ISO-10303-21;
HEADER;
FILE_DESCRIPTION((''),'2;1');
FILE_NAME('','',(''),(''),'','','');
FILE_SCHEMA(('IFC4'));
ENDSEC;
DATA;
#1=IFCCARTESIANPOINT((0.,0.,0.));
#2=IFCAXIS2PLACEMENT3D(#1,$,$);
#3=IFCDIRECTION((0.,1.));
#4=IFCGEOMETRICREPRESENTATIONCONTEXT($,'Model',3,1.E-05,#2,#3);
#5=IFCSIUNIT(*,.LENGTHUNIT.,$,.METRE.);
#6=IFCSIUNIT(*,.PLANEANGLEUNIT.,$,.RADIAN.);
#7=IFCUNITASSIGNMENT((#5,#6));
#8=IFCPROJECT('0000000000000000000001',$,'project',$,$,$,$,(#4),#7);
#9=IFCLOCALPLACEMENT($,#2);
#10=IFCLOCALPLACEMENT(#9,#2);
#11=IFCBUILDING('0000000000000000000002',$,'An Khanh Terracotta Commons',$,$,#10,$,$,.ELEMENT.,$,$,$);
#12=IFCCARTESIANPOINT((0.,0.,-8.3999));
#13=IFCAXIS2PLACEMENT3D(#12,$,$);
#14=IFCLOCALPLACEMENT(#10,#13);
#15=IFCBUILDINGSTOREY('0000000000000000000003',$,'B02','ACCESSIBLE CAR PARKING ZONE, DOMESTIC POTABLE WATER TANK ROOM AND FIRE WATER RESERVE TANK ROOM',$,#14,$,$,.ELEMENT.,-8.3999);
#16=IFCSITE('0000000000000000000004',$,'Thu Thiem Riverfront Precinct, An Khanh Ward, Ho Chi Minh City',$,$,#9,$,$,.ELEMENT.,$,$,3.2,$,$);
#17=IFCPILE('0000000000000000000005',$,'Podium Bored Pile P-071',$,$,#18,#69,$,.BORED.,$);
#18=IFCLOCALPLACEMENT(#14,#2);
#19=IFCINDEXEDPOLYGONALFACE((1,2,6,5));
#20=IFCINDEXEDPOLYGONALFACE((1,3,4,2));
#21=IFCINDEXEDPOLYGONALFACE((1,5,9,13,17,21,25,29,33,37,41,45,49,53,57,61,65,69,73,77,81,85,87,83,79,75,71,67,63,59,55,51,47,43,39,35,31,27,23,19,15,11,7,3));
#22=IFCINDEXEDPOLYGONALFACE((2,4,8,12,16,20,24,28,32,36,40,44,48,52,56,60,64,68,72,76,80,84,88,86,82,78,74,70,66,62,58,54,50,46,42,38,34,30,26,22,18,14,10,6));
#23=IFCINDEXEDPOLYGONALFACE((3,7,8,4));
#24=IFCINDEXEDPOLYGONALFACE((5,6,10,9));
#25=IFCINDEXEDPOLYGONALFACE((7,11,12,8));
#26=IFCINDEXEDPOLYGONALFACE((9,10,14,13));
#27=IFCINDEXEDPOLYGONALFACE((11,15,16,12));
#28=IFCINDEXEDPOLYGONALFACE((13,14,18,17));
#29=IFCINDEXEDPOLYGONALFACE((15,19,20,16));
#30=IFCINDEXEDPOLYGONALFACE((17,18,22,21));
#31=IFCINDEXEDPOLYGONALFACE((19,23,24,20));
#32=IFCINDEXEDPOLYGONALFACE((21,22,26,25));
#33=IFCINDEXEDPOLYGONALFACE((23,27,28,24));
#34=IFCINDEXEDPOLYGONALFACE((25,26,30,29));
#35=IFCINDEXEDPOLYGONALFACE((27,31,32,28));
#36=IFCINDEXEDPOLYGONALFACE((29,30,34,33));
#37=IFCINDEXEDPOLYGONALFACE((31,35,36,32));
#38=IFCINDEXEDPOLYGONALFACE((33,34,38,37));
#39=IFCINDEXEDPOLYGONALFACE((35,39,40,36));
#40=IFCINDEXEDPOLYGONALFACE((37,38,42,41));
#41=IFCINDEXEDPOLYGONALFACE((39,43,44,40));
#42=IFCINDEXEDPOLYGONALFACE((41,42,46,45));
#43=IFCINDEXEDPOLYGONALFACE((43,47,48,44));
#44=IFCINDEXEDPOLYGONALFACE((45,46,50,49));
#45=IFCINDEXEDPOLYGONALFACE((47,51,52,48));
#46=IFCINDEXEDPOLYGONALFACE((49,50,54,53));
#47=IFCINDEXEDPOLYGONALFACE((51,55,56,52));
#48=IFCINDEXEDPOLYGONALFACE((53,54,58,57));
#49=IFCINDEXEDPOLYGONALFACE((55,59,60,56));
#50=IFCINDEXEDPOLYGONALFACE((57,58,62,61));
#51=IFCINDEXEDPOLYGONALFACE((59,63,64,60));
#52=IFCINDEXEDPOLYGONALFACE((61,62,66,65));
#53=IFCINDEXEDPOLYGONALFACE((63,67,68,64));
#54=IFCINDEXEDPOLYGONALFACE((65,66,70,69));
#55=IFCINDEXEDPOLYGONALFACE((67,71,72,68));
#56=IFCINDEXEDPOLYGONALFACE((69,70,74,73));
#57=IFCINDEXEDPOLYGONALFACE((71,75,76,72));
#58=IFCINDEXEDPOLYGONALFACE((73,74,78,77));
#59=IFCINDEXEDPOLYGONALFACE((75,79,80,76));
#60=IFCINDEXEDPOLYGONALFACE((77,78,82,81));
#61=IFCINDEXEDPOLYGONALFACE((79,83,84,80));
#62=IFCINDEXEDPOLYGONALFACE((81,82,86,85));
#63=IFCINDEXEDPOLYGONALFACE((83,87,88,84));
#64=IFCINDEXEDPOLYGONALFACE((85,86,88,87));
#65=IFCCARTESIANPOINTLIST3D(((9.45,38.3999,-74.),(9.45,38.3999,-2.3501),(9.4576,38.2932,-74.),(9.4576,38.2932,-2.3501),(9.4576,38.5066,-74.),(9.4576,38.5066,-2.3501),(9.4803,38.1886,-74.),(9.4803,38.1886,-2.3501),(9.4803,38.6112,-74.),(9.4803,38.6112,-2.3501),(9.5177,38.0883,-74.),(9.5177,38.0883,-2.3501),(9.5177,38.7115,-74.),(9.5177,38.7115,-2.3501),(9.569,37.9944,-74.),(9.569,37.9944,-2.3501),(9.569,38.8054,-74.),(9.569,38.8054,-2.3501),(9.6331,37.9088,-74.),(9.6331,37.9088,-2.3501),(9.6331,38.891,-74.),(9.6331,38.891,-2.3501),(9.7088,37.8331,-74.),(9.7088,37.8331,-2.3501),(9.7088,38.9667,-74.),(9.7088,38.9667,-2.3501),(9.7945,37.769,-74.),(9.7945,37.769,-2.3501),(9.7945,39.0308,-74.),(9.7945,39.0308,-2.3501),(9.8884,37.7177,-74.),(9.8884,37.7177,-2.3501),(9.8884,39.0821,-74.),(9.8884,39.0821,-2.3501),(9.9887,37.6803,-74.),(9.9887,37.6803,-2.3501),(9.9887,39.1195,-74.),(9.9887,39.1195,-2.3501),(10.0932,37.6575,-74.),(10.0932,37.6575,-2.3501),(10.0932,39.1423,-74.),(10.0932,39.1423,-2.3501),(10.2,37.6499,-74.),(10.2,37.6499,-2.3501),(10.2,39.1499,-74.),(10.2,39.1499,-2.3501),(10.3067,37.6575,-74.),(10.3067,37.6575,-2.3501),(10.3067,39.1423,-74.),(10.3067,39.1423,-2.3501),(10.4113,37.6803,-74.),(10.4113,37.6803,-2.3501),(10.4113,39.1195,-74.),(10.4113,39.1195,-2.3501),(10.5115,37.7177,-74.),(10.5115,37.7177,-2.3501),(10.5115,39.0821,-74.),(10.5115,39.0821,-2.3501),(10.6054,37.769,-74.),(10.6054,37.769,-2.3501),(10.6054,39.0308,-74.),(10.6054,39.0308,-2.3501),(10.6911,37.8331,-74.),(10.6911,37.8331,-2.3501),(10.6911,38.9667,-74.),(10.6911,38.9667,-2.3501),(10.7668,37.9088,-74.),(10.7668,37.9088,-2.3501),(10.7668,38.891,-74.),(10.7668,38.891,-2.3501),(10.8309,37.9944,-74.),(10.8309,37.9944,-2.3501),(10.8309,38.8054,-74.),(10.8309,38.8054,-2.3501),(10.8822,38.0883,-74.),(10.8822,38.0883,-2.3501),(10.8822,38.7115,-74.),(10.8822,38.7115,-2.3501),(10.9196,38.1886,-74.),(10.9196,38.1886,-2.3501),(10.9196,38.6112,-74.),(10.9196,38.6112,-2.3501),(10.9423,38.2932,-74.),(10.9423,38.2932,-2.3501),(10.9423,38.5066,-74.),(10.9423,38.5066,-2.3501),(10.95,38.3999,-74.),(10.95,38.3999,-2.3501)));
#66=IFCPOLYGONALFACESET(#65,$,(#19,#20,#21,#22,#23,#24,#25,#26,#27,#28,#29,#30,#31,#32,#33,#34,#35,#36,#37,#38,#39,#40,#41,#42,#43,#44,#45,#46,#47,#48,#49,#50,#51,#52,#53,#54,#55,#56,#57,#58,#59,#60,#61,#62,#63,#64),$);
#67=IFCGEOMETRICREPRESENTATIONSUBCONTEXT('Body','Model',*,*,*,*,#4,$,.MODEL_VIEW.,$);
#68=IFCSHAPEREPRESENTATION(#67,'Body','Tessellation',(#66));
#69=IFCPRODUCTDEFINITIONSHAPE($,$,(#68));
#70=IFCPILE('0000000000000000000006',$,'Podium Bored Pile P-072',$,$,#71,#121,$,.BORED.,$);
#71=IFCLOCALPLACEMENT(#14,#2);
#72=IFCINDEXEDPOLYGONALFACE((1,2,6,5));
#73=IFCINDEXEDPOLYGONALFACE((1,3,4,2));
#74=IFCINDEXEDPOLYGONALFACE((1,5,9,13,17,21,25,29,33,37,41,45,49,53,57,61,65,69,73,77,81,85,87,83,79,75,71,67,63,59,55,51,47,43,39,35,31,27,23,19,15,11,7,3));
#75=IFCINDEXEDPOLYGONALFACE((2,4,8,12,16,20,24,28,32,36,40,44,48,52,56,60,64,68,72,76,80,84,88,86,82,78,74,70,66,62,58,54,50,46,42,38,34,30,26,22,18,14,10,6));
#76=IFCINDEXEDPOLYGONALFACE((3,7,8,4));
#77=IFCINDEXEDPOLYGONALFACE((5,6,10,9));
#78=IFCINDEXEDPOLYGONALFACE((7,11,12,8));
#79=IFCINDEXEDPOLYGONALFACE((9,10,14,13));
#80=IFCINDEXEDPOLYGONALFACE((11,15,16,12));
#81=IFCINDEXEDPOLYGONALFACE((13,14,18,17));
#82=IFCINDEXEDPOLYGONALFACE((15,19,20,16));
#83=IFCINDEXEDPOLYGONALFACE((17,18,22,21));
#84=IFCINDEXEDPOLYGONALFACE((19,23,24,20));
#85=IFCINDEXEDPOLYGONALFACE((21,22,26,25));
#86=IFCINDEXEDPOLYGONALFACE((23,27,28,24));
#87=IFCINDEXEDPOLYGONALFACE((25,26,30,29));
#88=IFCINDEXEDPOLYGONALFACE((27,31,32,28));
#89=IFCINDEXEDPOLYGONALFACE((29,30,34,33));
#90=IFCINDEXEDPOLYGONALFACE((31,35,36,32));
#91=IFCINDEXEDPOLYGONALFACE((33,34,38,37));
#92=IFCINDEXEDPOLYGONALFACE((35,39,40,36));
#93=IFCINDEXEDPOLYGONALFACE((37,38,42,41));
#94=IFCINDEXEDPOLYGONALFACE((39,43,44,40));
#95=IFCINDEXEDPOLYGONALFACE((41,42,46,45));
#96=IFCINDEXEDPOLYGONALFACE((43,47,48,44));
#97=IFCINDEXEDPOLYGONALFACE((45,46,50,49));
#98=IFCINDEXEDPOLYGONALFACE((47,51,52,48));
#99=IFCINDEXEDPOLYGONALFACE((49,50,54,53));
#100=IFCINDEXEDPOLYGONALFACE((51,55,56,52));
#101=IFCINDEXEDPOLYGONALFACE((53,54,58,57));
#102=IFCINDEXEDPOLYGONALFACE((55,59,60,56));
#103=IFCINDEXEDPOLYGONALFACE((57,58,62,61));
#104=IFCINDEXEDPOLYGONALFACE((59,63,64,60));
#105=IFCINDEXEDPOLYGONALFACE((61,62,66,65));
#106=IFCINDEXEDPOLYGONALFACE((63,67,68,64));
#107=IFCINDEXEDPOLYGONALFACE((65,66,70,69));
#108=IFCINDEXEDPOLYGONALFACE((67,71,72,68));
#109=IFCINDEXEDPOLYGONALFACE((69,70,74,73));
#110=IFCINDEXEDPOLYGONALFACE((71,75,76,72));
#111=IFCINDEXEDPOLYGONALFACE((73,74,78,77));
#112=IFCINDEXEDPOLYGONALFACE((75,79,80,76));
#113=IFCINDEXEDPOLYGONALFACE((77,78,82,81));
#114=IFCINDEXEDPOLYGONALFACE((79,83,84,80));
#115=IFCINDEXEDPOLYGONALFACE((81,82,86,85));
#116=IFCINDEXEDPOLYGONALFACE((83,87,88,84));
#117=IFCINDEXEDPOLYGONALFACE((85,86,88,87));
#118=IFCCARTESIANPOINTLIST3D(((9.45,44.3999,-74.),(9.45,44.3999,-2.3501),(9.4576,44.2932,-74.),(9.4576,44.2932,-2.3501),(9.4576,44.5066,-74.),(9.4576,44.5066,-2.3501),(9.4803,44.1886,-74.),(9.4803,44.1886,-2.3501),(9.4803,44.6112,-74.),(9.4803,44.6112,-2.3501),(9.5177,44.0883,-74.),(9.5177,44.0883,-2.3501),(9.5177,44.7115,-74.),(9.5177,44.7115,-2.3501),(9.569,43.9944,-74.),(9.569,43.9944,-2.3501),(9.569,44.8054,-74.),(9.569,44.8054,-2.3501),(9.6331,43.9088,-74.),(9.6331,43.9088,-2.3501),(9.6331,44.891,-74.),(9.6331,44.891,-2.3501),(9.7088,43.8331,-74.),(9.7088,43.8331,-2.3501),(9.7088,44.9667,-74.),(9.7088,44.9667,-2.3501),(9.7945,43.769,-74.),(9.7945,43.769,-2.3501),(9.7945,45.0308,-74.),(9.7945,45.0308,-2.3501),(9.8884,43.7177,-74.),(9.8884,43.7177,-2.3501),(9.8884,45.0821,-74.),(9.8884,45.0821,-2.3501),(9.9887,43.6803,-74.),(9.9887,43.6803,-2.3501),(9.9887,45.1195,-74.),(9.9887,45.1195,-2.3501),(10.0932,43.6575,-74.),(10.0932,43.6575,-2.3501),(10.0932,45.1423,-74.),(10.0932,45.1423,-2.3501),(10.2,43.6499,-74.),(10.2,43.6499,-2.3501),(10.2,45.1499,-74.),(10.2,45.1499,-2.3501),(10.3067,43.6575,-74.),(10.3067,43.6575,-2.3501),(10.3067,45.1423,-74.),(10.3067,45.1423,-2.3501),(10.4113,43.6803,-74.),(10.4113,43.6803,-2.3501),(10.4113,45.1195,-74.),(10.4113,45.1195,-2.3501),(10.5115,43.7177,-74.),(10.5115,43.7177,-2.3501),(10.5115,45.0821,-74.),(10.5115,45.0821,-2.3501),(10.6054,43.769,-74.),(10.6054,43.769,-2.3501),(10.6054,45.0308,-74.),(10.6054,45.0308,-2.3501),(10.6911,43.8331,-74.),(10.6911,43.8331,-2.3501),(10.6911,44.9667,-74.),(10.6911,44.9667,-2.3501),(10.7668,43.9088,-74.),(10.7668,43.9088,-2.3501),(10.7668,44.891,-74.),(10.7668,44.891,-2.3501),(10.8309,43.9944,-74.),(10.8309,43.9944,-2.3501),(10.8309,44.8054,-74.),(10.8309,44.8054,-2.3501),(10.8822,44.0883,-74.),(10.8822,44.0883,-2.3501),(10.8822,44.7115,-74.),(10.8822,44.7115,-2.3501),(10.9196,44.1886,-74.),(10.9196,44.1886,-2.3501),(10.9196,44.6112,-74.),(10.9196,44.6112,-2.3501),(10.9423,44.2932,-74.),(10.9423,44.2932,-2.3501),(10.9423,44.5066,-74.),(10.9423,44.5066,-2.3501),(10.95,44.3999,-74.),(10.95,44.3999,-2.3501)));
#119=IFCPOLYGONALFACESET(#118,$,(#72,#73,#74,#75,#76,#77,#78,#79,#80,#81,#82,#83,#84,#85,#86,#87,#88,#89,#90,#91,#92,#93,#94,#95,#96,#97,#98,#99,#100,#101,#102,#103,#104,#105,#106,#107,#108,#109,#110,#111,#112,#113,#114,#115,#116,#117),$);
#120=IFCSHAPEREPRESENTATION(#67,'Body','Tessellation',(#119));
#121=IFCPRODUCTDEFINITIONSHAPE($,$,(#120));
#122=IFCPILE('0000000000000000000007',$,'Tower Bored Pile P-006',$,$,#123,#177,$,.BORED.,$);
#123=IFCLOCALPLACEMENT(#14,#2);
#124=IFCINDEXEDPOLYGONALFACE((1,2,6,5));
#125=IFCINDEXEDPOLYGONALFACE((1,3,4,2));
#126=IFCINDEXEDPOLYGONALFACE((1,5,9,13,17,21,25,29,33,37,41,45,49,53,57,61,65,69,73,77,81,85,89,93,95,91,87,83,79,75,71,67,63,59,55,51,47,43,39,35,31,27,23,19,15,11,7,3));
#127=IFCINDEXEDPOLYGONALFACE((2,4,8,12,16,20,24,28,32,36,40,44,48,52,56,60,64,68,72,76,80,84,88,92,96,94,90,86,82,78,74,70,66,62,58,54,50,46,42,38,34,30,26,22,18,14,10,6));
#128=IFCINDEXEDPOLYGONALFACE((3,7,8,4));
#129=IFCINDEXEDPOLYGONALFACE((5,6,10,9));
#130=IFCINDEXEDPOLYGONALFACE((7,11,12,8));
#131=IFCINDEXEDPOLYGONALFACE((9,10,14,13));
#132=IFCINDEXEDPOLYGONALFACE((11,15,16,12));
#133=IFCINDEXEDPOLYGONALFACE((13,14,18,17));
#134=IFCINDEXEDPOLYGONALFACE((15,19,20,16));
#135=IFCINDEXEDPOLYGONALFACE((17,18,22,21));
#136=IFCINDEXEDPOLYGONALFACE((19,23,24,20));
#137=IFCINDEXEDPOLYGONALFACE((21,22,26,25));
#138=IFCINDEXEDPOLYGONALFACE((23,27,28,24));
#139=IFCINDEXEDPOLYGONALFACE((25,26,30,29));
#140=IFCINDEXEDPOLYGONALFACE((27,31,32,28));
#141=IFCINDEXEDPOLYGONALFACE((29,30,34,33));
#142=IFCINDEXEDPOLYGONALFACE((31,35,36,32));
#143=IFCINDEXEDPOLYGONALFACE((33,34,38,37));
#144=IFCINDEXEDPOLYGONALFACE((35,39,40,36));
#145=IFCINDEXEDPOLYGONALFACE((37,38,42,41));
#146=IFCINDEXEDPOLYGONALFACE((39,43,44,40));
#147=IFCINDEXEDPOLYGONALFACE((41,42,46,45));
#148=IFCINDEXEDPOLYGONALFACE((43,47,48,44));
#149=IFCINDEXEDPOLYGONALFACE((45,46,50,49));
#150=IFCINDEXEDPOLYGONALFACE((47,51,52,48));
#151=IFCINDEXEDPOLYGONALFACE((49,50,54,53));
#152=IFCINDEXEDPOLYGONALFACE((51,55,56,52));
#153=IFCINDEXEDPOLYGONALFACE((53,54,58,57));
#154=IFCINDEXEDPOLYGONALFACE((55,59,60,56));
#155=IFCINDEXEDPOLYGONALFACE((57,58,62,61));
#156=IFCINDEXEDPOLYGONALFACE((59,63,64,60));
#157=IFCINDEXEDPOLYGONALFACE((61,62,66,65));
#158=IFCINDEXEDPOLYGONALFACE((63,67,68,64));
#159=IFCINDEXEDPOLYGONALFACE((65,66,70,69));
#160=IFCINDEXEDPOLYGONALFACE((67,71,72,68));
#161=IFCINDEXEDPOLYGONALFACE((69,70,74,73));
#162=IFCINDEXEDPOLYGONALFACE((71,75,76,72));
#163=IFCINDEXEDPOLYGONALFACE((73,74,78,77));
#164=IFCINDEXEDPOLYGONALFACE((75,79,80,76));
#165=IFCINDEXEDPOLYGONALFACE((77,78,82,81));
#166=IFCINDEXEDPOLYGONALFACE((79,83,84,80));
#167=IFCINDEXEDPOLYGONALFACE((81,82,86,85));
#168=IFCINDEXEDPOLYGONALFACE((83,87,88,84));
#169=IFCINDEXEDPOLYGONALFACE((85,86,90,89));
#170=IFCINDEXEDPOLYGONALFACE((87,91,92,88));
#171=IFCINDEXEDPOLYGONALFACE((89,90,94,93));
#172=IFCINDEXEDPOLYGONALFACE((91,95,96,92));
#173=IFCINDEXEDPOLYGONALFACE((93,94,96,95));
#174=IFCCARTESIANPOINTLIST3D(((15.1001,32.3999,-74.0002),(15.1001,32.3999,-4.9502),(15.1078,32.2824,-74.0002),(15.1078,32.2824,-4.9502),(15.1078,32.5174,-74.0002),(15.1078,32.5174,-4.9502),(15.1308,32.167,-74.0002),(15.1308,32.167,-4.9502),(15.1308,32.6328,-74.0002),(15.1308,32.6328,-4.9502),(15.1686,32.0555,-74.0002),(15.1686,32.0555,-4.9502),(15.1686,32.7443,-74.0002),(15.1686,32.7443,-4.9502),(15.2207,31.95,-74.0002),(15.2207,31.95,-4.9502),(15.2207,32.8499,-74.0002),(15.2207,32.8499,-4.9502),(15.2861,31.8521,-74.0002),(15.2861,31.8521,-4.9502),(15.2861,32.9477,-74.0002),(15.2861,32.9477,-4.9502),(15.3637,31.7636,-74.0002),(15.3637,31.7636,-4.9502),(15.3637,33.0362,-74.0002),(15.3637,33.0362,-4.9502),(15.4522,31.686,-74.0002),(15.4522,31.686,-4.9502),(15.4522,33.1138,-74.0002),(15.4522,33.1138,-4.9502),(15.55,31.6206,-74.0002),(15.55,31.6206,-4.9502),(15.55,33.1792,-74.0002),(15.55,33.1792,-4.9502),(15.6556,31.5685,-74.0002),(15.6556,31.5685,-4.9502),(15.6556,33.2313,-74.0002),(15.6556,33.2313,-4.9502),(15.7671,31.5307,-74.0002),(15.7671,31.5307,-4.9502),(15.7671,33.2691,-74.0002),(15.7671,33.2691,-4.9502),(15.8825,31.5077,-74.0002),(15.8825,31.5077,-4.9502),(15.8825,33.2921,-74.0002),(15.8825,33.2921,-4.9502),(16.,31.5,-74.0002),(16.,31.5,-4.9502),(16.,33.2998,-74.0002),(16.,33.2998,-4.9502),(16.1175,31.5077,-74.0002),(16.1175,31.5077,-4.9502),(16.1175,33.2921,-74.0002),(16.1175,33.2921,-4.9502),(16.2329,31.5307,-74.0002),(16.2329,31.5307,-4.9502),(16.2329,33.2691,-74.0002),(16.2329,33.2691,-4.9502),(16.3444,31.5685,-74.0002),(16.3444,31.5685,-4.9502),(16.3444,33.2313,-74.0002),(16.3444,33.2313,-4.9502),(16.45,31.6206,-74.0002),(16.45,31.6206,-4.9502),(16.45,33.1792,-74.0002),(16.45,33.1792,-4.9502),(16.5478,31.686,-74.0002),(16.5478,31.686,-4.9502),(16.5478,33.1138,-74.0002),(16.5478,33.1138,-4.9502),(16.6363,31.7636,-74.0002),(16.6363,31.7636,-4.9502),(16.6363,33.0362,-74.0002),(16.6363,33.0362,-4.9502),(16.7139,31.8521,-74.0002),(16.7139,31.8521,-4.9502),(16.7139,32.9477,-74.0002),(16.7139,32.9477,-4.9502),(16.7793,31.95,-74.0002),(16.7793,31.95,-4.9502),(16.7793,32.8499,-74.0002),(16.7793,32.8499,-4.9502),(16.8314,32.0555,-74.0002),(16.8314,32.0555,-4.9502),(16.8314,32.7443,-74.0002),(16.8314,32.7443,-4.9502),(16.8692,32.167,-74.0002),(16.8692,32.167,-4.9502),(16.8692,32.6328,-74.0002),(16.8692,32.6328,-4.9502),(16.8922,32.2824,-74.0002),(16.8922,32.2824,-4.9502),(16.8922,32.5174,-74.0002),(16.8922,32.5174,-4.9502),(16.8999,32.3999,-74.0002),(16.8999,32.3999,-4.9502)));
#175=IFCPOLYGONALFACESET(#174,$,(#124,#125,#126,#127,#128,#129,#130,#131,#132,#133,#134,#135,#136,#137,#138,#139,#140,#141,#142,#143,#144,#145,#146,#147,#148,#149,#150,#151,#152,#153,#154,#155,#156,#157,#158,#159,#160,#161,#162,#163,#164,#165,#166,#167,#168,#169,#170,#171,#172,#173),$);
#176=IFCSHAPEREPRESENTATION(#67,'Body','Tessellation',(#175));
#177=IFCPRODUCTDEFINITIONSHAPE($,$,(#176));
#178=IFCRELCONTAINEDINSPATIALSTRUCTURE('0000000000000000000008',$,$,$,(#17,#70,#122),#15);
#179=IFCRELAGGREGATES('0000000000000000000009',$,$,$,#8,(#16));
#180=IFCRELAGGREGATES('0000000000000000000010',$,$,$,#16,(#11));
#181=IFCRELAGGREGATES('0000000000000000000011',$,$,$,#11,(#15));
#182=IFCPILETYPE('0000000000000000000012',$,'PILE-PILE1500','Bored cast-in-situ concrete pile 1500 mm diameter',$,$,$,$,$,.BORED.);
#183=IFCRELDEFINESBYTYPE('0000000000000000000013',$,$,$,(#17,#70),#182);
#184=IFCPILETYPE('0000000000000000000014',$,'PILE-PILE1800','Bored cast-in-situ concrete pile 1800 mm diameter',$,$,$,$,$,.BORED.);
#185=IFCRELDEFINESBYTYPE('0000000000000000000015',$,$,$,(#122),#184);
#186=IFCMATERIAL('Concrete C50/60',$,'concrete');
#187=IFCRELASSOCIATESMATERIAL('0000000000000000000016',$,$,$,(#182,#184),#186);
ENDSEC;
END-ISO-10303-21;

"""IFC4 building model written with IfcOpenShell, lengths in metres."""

from ifc_helpers import new_model, si_unit, direction, frame, origin, origin_2d, place, context, subcontext, project, spatial, circle, extrude, material, material_profile, profile_set, type_object, element, save


model = new_model("IFC4")

# Units and contexts
model_context = context("Model", 3, precision=1e-05, world=origin(), true_north=direction((0.0, 1.0)))
body_context = subcontext(model_context, "Body", "Model", "MODEL_VIEW")
ifc_project = project(units=[si_unit("LENGTHUNIT", "METRE"), si_unit("PLANEANGLEUNIT", "RADIAN")], contexts=[model_context])

# Site, building, storey
site_placement = place(None, origin())
site = spatial("IfcSite", under=ifc_project, at=site_placement, Name="Thu Thiem Riverfront Precinct, An Khanh Ward, Ho Chi Minh City", CompositionType="ELEMENT", RefElevation=3.2)
building_placement = place(site_placement, origin())
building = spatial("IfcBuilding", under=site, at=building_placement, Name="An Khanh Terracotta Commons", CompositionType="ELEMENT")
storey_placement = place(building_placement, frame((0.0, 0.0, -8.3999)))
storey = spatial("IfcBuildingStorey", under=building, at=storey_placement, Name="B02", Description="ACCESSIBLE CAR PARKING ZONE, DOMESTIC POTABLE WATER TANK ROOM AND FIRE WATER RESERVE TANK ROOM", CompositionType="ELEMENT", Elevation=-8.3999)

# Shared definitions
ifc_material_1 = material(Name="Concrete C50/60", Category="concrete")

# Piles
ifc_material_profile_1 = material_profile(ifc_material_1, circle(Radius=0.75, at=origin_2d()), Name="PILE1500")
ifc_profile_set_1 = profile_set([ifc_material_profile_1], Name="Concrete C50/60")
pile_type_1 = type_object("IfcPileType", Name="PILE-PILE1500", Description="Bored cast-in-situ concrete pile 1500 mm diameter", PredefinedType="BORED", material=ifc_profile_set_1)
for number, where, z_axis, x_axis, name in (
    (1, (10.2, 38.3999, -2.3501), (0.0, 0.0, -1.0), (1.0, 0.0, 0.0), "Podium Bored Pile P-071"),
    (2, (10.2, 44.3999, -2.3501), (0.0, 0.0, -1.0), (1.0, 0.0, 0.0), "Podium Bored Pile P-072"),
):
    element("IfcPile", number, at=place(storey_placement, frame(where, z_axis=z_axis, x_axis=x_axis)), inside=storey, type_object=pile_type_1, Name=name, PredefinedType="BORED", context=body_context, shape_type="SweptSolid", body=[
        extrude(circle(Radius=0.75, at=origin_2d()), origin(), (0.0, 0.0, 1.0), 71.6499),
    ])
ifc_material_profile_2 = material_profile(ifc_material_1, circle(Radius=0.8999, at=origin_2d()), Name="PILE1800")
ifc_profile_set_2 = profile_set([ifc_material_profile_2], Name="Concrete C50/60")
pile_type_2 = type_object("IfcPileType", Name="PILE-PILE1800", Description="Bored cast-in-situ concrete pile 1800 mm diameter", PredefinedType="BORED", material=ifc_profile_set_2)
for number, where, z_axis, x_axis, name in (
    (3, (16.0, 32.3999, -4.9502), (0.0, 0.0, -1.0), (1.0, 0.0, 0.0), "Tower Bored Pile P-006"),
):
    element("IfcPile", number, at=place(storey_placement, frame(where, z_axis=z_axis, x_axis=x_axis)), inside=storey, type_object=pile_type_2, Name=name, PredefinedType="BORED", context=body_context, shape_type="SweptSolid", body=[
        extrude(circle(Radius=0.8999, at=origin_2d()), origin(), (0.0, 0.0, 1.0), 69.05),
    ])

save(model, "model.ifc")
